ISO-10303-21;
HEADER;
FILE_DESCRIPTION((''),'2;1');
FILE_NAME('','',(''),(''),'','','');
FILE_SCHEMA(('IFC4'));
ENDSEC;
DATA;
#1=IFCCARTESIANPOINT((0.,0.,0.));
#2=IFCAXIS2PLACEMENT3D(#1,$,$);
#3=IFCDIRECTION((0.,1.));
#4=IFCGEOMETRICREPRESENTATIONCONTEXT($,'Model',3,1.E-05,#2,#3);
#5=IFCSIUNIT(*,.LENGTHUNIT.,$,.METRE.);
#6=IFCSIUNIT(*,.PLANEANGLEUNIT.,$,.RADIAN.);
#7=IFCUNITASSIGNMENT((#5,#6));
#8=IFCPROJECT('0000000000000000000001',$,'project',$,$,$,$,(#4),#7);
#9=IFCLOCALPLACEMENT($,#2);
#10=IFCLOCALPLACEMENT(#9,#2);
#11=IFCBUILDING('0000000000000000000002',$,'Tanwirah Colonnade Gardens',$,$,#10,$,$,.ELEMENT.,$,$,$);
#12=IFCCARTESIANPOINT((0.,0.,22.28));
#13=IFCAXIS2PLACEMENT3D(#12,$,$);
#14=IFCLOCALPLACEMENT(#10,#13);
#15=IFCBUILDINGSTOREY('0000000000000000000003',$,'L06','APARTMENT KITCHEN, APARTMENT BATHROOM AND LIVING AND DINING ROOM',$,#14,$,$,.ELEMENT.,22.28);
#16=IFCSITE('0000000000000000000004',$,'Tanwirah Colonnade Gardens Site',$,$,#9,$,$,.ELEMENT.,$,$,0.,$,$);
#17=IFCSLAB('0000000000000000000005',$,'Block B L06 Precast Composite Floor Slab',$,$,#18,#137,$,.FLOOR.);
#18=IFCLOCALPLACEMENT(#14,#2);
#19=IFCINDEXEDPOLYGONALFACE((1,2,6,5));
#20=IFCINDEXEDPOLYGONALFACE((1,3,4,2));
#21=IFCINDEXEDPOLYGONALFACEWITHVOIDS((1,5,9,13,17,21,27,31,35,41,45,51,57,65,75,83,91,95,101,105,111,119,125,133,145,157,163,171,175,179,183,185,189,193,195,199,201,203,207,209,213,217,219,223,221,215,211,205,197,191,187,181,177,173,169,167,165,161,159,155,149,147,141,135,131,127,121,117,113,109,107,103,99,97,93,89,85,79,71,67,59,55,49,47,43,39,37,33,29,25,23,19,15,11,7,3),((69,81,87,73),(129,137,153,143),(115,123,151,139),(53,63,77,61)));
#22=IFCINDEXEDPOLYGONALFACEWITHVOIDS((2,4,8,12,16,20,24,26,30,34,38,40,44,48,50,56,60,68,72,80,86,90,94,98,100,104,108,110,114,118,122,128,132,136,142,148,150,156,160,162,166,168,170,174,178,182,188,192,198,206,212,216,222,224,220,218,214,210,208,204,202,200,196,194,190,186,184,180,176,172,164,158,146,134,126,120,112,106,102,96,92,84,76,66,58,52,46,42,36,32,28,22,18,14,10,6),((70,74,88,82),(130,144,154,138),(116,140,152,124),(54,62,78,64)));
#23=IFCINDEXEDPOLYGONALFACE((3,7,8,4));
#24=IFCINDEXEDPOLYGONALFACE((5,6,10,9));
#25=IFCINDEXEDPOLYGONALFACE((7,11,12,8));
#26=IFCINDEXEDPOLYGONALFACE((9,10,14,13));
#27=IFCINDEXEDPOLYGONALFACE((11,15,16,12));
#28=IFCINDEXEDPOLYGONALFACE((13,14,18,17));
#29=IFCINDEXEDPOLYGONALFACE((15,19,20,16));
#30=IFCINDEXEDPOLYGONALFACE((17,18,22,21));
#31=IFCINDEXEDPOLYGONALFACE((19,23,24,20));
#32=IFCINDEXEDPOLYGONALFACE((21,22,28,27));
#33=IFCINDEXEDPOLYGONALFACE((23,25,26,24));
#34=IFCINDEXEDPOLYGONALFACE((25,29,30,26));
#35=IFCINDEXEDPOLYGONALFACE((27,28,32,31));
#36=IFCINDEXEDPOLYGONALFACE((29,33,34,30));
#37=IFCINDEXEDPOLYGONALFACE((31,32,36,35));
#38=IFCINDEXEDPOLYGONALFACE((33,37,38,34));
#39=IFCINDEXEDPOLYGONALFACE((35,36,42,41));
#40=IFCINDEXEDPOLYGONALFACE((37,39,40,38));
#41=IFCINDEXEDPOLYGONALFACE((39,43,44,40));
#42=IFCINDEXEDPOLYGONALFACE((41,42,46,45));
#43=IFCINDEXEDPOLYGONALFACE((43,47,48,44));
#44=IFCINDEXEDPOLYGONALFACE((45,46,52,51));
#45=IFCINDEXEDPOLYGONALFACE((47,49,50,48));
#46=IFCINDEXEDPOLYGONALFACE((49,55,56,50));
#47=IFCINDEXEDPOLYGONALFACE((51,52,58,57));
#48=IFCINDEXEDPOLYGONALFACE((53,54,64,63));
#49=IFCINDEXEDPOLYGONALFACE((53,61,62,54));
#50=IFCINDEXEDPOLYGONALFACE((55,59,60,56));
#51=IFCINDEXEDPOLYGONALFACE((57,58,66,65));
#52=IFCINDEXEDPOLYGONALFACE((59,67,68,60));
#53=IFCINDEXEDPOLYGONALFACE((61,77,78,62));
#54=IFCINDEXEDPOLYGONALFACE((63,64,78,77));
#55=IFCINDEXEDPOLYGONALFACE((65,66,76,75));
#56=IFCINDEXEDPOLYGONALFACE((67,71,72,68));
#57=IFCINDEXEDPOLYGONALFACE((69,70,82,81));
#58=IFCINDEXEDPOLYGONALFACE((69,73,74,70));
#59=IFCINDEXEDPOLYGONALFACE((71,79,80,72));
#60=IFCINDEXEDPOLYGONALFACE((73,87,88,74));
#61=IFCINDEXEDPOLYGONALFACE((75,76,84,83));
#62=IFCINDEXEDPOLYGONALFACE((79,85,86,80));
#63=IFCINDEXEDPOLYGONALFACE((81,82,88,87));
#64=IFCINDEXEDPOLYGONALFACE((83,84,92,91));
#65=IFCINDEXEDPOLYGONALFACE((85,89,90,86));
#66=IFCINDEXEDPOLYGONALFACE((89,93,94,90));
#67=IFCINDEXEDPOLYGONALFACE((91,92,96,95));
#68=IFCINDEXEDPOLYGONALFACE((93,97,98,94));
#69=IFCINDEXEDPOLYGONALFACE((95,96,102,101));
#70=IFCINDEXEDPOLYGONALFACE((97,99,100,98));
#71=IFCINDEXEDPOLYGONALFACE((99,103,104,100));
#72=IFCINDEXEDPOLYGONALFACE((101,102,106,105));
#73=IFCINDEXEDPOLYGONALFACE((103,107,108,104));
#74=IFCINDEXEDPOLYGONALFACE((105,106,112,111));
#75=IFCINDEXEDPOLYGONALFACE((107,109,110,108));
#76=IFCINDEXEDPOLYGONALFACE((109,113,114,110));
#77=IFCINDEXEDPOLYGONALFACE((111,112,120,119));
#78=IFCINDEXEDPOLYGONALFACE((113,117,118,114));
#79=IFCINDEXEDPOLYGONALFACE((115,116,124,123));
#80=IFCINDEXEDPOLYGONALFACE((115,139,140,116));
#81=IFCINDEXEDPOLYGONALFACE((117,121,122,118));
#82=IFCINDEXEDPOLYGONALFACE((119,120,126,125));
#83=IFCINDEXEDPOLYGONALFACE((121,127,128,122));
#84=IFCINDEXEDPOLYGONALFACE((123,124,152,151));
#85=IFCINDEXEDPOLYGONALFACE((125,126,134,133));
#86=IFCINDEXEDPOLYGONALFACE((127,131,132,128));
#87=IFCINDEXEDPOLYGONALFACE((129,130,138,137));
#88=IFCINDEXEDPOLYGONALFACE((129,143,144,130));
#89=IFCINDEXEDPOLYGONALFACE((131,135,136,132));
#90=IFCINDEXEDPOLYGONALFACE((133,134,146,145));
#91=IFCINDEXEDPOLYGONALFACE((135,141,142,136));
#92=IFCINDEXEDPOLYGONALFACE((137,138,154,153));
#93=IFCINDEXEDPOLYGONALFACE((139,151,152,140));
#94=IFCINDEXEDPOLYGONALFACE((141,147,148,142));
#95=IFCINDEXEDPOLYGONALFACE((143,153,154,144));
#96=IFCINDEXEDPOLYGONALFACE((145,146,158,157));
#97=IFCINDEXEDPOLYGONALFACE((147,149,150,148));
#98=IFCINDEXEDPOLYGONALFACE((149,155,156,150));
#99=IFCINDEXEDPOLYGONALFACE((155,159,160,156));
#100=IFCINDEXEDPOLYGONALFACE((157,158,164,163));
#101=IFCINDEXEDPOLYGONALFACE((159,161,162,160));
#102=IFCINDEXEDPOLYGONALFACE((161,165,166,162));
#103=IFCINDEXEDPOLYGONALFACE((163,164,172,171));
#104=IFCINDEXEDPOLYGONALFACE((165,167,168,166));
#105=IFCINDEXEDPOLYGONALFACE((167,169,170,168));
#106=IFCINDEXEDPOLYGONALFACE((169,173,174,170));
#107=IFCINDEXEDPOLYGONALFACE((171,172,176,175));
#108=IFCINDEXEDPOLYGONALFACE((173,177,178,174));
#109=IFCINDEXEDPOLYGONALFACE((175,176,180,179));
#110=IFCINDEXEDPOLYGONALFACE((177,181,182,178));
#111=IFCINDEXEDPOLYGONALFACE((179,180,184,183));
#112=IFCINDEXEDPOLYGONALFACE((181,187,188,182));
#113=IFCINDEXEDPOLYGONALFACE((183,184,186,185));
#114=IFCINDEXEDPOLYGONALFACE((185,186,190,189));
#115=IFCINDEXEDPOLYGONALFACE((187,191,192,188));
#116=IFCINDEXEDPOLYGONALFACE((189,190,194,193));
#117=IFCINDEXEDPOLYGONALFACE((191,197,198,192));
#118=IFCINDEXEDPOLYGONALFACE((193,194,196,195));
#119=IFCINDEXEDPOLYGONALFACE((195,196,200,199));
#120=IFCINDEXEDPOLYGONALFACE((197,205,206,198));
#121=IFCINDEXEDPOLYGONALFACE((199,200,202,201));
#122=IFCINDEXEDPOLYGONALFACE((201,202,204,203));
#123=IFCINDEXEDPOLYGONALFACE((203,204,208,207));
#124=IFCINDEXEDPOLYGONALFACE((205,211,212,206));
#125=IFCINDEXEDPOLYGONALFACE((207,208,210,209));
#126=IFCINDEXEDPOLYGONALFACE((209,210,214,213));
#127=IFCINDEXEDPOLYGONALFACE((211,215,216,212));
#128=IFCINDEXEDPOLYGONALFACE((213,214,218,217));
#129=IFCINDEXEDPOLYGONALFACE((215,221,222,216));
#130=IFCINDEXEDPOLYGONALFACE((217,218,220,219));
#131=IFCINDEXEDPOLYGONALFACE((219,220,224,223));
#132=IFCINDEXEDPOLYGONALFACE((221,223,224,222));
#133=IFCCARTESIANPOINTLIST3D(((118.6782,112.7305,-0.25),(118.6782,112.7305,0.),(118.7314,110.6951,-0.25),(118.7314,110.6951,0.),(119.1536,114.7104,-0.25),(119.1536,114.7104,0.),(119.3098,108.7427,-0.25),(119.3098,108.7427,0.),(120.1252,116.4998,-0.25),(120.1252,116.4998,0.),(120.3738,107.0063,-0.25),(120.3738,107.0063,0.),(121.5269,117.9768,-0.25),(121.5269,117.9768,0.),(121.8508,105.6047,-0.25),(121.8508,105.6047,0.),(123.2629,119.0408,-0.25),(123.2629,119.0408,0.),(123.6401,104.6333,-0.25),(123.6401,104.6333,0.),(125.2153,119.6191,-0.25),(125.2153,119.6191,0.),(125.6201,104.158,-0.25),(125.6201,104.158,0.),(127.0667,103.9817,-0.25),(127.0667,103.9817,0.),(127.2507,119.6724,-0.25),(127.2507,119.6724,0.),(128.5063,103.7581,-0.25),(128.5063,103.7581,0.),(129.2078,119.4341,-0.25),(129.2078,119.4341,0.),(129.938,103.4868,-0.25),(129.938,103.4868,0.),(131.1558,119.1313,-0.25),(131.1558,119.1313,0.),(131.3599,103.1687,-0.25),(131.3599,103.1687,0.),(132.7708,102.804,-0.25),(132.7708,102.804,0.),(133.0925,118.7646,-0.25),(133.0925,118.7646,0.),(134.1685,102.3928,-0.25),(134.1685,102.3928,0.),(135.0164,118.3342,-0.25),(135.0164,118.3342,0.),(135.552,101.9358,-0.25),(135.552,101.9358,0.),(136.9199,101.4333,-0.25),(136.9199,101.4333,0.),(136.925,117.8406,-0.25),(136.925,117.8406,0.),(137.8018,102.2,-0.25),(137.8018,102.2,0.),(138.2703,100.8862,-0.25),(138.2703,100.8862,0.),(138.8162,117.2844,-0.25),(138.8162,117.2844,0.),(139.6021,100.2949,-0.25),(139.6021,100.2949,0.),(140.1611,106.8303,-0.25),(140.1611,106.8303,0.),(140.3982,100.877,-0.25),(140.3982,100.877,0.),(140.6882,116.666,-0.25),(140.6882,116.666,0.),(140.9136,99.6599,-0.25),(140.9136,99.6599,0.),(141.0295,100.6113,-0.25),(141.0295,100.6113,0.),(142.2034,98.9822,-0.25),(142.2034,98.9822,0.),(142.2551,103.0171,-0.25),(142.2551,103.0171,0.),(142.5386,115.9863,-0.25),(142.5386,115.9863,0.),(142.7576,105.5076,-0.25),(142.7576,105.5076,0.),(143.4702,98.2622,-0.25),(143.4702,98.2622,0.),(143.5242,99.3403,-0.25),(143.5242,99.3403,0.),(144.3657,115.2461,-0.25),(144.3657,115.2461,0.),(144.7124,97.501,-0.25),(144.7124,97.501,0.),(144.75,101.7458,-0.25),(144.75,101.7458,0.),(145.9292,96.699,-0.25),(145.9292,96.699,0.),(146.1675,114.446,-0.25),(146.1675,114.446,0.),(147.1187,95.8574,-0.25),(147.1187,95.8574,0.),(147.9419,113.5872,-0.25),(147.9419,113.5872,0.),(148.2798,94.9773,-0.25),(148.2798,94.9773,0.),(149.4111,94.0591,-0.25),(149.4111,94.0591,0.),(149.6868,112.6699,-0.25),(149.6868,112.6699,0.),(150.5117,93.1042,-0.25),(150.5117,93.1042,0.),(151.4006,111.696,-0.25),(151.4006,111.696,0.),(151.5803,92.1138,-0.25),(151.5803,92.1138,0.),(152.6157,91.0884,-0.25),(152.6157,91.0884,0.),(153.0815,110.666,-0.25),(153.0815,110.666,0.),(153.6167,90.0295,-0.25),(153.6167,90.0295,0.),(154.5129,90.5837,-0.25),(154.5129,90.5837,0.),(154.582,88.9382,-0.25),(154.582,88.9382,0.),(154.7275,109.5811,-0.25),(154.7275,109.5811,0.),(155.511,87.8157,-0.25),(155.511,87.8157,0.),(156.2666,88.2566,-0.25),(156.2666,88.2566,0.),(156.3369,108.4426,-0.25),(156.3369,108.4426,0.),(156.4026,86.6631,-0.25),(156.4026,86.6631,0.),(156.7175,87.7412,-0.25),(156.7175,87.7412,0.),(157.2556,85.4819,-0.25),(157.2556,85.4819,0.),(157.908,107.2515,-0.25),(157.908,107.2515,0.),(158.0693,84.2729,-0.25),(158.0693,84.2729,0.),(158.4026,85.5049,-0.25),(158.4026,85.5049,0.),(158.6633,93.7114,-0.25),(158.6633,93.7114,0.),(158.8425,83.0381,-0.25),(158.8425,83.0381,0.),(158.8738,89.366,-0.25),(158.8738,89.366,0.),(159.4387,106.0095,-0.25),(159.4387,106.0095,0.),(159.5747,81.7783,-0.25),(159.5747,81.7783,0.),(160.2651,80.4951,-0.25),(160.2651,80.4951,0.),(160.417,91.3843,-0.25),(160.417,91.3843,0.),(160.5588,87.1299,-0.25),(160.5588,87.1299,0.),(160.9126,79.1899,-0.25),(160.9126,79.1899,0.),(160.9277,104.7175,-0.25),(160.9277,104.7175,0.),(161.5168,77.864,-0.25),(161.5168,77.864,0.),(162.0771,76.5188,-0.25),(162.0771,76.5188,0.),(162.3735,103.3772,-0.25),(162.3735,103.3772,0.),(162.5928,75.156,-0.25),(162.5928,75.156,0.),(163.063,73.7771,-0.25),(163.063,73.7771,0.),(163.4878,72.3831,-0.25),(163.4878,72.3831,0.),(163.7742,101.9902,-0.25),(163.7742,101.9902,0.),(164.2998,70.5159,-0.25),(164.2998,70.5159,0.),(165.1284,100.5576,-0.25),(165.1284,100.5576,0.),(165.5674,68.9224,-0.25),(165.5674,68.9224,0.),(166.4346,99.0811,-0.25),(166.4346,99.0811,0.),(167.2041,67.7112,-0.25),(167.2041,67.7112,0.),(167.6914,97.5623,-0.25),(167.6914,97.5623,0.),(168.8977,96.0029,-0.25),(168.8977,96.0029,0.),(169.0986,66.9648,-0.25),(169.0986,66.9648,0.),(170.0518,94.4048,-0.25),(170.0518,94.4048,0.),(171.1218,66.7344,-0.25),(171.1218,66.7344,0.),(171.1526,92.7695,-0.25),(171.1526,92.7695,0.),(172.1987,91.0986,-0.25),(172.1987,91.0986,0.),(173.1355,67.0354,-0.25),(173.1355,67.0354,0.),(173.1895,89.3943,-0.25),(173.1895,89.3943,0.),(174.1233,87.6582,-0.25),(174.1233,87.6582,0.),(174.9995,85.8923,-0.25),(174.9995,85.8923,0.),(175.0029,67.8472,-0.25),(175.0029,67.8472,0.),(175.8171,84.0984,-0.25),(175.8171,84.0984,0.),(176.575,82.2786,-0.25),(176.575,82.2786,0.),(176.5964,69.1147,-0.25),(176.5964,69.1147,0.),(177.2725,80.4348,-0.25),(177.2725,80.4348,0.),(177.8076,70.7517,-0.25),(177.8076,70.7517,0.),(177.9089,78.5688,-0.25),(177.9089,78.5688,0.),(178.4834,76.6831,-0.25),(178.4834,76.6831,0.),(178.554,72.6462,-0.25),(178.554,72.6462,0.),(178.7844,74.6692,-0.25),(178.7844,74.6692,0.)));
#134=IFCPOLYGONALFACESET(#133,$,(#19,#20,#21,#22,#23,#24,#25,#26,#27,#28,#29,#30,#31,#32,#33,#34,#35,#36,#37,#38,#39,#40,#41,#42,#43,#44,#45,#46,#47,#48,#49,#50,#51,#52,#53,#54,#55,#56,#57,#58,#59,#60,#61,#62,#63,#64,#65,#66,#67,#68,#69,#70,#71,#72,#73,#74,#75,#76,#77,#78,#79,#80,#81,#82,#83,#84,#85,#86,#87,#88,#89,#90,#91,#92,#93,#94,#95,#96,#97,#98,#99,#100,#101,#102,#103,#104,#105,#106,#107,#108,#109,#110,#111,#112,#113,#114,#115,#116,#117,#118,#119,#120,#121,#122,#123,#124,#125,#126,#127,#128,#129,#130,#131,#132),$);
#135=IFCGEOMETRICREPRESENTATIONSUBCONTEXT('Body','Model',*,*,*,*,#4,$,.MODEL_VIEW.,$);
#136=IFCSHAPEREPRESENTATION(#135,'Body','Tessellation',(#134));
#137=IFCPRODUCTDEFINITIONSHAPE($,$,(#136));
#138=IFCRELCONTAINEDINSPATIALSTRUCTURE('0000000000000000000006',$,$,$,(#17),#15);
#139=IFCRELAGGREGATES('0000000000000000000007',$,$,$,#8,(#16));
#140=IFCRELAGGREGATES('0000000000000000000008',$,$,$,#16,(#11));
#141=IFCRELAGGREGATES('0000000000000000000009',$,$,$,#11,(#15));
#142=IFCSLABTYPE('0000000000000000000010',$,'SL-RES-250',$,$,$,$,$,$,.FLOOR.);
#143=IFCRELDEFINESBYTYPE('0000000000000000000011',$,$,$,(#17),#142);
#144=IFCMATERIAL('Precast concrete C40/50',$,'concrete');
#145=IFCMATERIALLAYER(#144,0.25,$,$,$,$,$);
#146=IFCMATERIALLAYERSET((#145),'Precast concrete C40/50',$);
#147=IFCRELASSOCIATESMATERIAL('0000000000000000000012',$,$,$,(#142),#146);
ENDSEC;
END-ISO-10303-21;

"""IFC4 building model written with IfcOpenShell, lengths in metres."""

from ifc_helpers import new_model, si_unit, direction, frame, origin, place, context, subcontext, project, spatial, polyline, outline, extrude, material, layer, layer_set, type_object, element, save


model = new_model("IFC4")

# Units and contexts
model_context = context("Model", 3, precision=1e-05, world=origin(), true_north=direction((0.0, 1.0)))
body_context = subcontext(model_context, "Body", "Model", "MODEL_VIEW")
ifc_project = project(units=[si_unit("LENGTHUNIT", "METRE"), si_unit("PLANEANGLEUNIT", "RADIAN")], contexts=[model_context])

# Site, building, storey
site_placement = place(None, origin())
site = spatial("IfcSite", under=ifc_project, at=site_placement, Name="Tanwirah Colonnade Gardens Site", CompositionType="ELEMENT", RefElevation=0.0)
building_placement = place(site_placement, origin())
building = spatial("IfcBuilding", under=site, at=building_placement, Name="Tanwirah Colonnade Gardens", CompositionType="ELEMENT")
storey_placement = place(building_placement, frame((0.0, 0.0, 22.28)))
storey = spatial("IfcBuildingStorey", under=building, at=storey_placement, Name="L06", Description="APARTMENT KITCHEN, APARTMENT BATHROOM AND LIVING AND DINING ROOM", CompositionType="ELEMENT", Elevation=22.28)

# Shared definitions
ifc_material_1 = material(Name="Precast concrete C40/50", Category="concrete")

# Slab
ifc_layer_1 = layer(ifc_material_1, 0.25)
ifc_layer_set_1 = layer_set([ifc_layer_1], Name="Precast concrete C40/50")
slab_type_1 = type_object("IfcSlabType", Name="SL-RES-250", PredefinedType="FLOOR", material=ifc_layer_set_1)
slab_1_placement = place(storey_placement, frame((0.0, 0.0, -0.25)))
element("IfcSlab", 1, at=slab_1_placement, inside=storey, type_object=slab_type_1, Name="Block B L06 Precast Composite Floor Slab", PredefinedType="FLOOR", context=body_context, shape_type="SweptSolid", body=[
    extrude(outline(polyline([(162.5928, 75.156), (163.063, 73.7771), (163.4878, 72.3831), (164.2998, 70.5159), (165.5674, 68.9224), (167.2041, 67.7112), (169.0986, 66.9648), (171.1218, 66.7344), (173.1355, 67.0354), (175.0029, 67.8472), (176.5964, 69.1147), (177.8076, 70.7517), (178.554, 72.6462), (178.7844, 74.6692), (178.4834, 76.6831), (177.9089, 78.5688), (177.2725, 80.4348), (176.575, 82.2786), (175.8171, 84.0984), (174.9995, 85.8923), (174.1233, 87.6582), (173.1895, 89.3943), (172.1987, 91.0986), (171.1526, 92.7695), (170.0518, 94.4048), (168.8977, 96.0029), (167.6914, 97.5623), (166.4346, 99.0811), (165.1284, 100.5576), (163.7742, 101.9902), (162.3735, 103.3772), (160.9277, 104.7175), (159.4387, 106.0095), (157.908, 107.2515), (156.3369, 108.4426), (154.7275, 109.5811), (153.0815, 110.666), (151.4006, 111.696), (149.6868, 112.6699), (147.9419, 113.5872), (146.1675, 114.446), (144.3657, 115.2461), (142.5386, 115.9863), (140.6882, 116.666), (138.8162, 117.2844), (136.925, 117.8406), (135.0164, 118.3342), (133.0925, 118.7646), (131.1558, 119.1313), (129.2078, 119.4341), (127.2507, 119.6724), (125.2153, 119.6191), (123.2629, 119.0408), (121.5269, 117.9768), (120.1252, 116.4998), (119.1536, 114.7104), (118.6782, 112.7305), (118.7314, 110.6951), (119.3098, 108.7427), (120.3738, 107.0063), (121.8508, 105.6047), (123.6401, 104.6333), (125.6201, 104.158), (127.0667, 103.9817), (128.5063, 103.7581), (129.938, 103.4868), (131.3599, 103.1687), (132.7708, 102.804), (134.1685, 102.3928), (135.552, 101.9358), (136.9199, 101.4333), (138.2703, 100.8862), (139.6021, 100.2949), (140.9136, 99.6599), (142.2034, 98.9822), (143.4702, 98.2622), (144.7124, 97.501), (145.9292, 96.699), (147.1187, 95.8574), (148.2798, 94.9773), (149.4111, 94.0591), (150.5117, 93.1042), (151.5803, 92.1138), (152.6157, 91.0884), (153.6167, 90.0295), (154.582, 88.9382), (155.511, 87.8157), (156.4026, 86.6631), (157.2556, 85.4819), (158.0693, 84.2729), (158.8425, 83.0381), (159.5747, 81.7783), (160.2651, 80.4951), (160.9126, 79.1899), (161.5168, 77.864), (162.0771, 76.5188), (162.5928, 75.156)]), holes=[polyline([(160.417, 91.3843), (156.2666, 88.2566), (154.5129, 90.5837), (158.6633, 93.7114), (160.417, 91.3843)]), polyline([(158.4026, 85.5049), (156.7175, 87.7412), (158.8738, 89.366), (160.5588, 87.1299), (158.4026, 85.5049)]), polyline([(137.8018, 102.2), (140.1611, 106.8303), (142.7576, 105.5076), (140.3982, 100.877), (137.8018, 102.2)]), polyline([(142.2551, 103.0171), (144.75, 101.7458), (143.5242, 99.3403), (141.0295, 100.6113), (142.2551, 103.0171)])]), origin(), (0.0, 0.0, 1.0), 0.25),
])

save(model, "model.ifc")
